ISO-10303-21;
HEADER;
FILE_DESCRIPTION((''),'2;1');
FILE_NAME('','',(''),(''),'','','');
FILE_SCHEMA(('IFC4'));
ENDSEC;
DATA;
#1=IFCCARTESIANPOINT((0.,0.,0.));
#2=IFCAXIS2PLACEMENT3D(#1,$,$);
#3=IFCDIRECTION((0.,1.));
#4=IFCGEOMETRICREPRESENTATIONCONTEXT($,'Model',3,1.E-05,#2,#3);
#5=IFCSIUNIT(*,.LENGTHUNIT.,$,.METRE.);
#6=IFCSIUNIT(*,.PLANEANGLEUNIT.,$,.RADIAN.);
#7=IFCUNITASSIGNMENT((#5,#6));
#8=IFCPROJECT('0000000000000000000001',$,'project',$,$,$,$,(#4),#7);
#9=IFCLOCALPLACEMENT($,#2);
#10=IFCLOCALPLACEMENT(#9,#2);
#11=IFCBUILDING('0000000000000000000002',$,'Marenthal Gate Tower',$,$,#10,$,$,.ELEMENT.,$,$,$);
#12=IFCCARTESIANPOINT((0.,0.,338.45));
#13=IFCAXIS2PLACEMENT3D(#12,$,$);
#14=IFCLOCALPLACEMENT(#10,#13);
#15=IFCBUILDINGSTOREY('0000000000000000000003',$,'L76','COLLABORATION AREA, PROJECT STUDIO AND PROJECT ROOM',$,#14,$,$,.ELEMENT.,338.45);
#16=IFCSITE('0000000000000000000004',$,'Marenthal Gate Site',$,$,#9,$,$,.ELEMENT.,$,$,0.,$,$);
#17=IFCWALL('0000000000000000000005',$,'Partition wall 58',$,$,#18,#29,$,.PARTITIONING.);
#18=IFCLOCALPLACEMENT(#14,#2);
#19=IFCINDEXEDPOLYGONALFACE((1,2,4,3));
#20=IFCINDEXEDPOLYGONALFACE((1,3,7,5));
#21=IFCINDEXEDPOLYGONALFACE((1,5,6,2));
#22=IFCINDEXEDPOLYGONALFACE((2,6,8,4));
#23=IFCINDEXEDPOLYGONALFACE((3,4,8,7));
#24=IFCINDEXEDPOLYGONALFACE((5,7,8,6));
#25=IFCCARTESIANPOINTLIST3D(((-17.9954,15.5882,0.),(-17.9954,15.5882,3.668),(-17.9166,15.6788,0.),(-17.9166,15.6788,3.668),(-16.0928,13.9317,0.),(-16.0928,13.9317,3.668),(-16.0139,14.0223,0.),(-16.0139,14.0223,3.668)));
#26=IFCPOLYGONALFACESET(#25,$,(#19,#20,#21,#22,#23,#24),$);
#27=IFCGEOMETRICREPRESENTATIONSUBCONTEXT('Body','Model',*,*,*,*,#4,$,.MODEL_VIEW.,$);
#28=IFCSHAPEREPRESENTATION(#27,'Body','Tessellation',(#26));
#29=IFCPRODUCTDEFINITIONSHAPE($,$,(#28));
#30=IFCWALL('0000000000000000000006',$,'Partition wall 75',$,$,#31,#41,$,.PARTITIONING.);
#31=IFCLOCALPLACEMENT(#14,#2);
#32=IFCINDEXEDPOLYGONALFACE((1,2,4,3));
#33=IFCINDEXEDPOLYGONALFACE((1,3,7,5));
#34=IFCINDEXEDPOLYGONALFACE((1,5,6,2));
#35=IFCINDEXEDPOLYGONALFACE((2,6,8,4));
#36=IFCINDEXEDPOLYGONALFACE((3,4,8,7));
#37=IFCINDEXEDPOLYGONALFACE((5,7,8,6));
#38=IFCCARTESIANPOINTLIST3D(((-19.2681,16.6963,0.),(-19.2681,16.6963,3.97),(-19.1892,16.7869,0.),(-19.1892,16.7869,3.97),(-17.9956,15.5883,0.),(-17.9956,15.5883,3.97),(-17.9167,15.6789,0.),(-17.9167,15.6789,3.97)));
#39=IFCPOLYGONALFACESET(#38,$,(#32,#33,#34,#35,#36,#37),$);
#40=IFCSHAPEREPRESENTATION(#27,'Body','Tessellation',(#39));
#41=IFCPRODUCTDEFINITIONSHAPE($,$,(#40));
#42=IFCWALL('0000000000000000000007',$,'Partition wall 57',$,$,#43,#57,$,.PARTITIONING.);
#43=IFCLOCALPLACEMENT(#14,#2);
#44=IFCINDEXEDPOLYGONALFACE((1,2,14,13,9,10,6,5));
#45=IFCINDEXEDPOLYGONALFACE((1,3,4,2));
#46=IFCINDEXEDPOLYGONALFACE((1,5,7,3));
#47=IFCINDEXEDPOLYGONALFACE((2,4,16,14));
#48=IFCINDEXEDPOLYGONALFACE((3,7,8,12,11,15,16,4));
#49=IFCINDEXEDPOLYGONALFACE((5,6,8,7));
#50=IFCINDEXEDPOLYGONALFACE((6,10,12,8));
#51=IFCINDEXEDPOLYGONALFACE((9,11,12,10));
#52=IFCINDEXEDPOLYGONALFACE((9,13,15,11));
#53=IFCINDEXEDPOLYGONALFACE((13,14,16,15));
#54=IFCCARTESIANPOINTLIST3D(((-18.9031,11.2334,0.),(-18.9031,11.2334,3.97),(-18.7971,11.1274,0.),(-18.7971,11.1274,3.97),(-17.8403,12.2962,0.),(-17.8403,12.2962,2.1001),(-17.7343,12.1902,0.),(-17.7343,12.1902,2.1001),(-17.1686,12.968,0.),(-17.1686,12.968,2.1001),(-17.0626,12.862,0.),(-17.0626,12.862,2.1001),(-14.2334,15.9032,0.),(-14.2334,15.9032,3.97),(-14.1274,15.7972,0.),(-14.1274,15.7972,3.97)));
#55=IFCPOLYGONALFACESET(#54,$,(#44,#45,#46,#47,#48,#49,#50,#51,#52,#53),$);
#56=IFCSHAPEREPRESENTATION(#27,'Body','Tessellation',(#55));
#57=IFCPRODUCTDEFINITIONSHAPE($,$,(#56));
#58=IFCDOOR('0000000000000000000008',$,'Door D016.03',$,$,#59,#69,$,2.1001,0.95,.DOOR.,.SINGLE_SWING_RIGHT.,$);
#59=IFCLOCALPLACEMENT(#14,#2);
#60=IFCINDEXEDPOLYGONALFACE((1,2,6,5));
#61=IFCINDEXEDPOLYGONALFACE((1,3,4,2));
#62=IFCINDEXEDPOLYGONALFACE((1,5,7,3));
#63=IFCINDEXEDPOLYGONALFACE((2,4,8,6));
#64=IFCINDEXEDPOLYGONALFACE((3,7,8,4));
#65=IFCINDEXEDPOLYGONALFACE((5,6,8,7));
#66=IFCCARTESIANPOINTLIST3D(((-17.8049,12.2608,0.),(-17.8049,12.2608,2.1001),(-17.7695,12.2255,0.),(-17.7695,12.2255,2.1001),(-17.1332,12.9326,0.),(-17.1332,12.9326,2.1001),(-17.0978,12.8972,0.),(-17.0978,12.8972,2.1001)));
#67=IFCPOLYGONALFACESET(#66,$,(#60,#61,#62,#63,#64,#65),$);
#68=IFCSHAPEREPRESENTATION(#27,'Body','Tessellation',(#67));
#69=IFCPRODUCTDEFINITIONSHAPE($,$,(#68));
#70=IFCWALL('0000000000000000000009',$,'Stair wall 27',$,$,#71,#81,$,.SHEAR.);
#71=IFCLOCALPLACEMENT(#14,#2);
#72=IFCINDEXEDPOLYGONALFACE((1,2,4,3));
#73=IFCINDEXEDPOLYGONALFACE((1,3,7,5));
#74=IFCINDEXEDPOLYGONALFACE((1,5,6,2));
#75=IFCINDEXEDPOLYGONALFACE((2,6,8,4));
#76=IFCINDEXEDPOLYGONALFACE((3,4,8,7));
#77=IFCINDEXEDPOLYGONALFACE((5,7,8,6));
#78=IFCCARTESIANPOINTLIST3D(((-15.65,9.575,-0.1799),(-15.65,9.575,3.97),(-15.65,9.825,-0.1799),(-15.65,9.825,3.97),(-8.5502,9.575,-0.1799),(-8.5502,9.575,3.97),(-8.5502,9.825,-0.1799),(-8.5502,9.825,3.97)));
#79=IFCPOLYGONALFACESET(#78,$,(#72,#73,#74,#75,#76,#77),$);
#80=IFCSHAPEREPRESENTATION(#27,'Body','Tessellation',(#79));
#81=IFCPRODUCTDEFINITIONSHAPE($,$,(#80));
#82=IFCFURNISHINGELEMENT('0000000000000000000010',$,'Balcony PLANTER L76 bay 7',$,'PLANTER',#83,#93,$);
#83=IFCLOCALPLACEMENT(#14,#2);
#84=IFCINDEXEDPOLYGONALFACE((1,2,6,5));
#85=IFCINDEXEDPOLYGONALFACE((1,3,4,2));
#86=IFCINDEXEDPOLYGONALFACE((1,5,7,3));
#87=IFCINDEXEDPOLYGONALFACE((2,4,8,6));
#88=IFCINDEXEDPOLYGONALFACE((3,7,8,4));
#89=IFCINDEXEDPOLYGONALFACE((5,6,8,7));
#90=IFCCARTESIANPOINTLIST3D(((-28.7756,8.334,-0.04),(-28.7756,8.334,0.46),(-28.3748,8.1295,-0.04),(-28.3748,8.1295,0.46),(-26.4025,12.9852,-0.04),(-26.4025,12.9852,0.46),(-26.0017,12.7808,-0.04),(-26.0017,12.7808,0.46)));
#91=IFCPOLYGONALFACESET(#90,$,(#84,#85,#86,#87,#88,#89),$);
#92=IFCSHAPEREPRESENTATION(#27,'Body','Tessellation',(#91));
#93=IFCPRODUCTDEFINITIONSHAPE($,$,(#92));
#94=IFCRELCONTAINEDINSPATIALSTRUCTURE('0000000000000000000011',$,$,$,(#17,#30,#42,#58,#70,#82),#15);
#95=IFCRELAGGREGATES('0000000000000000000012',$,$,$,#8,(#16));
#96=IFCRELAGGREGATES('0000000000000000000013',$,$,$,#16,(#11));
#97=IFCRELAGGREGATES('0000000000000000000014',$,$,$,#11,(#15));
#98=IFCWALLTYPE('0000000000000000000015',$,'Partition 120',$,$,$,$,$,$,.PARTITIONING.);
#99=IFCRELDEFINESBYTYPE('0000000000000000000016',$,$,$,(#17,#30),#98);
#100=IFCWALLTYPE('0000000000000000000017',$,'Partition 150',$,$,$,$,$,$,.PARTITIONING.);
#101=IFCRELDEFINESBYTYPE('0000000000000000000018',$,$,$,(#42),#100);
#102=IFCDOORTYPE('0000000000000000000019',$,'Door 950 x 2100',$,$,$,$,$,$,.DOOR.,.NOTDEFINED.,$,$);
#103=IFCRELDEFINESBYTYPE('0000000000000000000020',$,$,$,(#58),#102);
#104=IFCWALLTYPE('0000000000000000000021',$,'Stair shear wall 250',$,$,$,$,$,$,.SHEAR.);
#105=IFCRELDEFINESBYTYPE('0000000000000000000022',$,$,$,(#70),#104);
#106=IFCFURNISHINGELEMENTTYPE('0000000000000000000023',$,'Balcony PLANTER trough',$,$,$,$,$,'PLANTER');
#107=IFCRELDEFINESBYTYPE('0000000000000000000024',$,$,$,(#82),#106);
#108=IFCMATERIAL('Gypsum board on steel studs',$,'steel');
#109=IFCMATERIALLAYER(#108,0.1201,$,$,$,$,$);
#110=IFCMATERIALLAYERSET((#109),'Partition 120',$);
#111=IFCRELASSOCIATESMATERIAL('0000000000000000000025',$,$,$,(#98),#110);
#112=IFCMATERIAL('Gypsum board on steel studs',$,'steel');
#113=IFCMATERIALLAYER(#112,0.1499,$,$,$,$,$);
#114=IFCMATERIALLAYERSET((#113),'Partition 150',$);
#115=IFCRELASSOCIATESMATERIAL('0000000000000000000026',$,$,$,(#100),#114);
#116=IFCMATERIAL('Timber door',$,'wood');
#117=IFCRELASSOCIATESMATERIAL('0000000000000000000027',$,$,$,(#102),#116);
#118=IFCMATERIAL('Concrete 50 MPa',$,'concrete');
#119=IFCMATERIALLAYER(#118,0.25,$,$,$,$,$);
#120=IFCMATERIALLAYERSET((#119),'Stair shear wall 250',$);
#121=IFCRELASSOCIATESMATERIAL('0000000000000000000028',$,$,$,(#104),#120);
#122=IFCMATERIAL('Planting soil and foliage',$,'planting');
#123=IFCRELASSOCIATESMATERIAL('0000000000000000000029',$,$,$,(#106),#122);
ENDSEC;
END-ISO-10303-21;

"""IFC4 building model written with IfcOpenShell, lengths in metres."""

from ifc_helpers import new_model, si_unit, direction, frame, frame_2d, origin, origin_2d, place, context, subcontext, project, spatial, rectangle, extrude, material, layer, layer_set, type_object, element, fill, save


model = new_model("IFC4")

# Units and contexts
model_context = context("Model", 3, precision=1e-05, world=origin(), true_north=direction((0.0, 1.0)))
body_context = subcontext(model_context, "Body", "Model", "MODEL_VIEW")
ifc_project = project(units=[si_unit("LENGTHUNIT", "METRE"), si_unit("PLANEANGLEUNIT", "RADIAN")], contexts=[model_context])

# Site, building, storey
site_placement = place(None, origin())
site = spatial("IfcSite", under=ifc_project, at=site_placement, Name="Marenthal Gate Site", CompositionType="ELEMENT", RefElevation=0.0)
building_placement = place(site_placement, origin())
building = spatial("IfcBuilding", under=site, at=building_placement, Name="Marenthal Gate Tower", CompositionType="ELEMENT")
storey_placement = place(building_placement, frame((0.0, 0.0, 338.45)))
storey = spatial("IfcBuildingStorey", under=building, at=storey_placement, Name="L76", Description="COLLABORATION AREA, PROJECT STUDIO AND PROJECT ROOM", CompositionType="ELEMENT", Elevation=338.45)

# Walls
ifc_material_1 = material(Name="Gypsum board on steel studs", Category="steel")
ifc_layer_1 = layer(ifc_material_1, 0.1201)
ifc_layer_set_1 = layer_set([ifc_layer_1], Name="Partition 120")
wall_type_1 = type_object("IfcWallType", Name="Partition 120", PredefinedType="PARTITIONING", material=ifc_layer_set_1)
wall_1_placement = place(storey_placement, frame((-16.0535, 13.9771, 0.0), z_axis=(0.0, 0.0, 1.0), x_axis=(-0.754199, 0.656646, 0.0)))
element("IfcWall", 1, at=wall_1_placement, inside=storey, type_object=wall_type_1, Name="Partition wall 58", PredefinedType="PARTITIONING", context=body_context, shape_type="SweptSolid", body=[
    extrude(rectangle(XDim=2.5227, YDim=0.1201, at=frame_2d((1.2612, 0.0))), origin(), (0.0, 0.0, 1.0), 3.668),
])
wall_2_placement = place(storey_placement, frame((-17.9561, 15.6335, 0.0), z_axis=(0.0, 0.0, 1.0), x_axis=(-0.754188, 0.656659, 0.0)))
element("IfcWall", 2, at=wall_2_placement, inside=storey, type_object=wall_type_1, Name="Partition wall 75", PredefinedType="PARTITIONING", context=body_context, shape_type="SweptSolid", body=[
    extrude(rectangle(XDim=1.6873, YDim=0.1201, at=frame_2d((0.8438, 0.0))), origin(), (0.0, 0.0, 1.0), 3.97),
])

# Wall, opening, door
ifc_material_2 = material(Name="Gypsum board on steel studs", Category="steel")
ifc_layer_2 = layer(ifc_material_2, 0.1499)
ifc_layer_set_2 = layer_set([ifc_layer_2], Name="Partition 150")
wall_type_2 = type_object("IfcWallType", Name="Partition 150", PredefinedType="PARTITIONING", material=ifc_layer_set_2)
wall_3_placement = place(storey_placement, frame((-18.8501, 11.1804, 0.0), z_axis=(0.0, 0.0, 1.0), x_axis=(0.707107, 0.707107, 0.0)))
wall_3 = element("IfcWall", 3, at=wall_3_placement, inside=storey, type_object=wall_type_2, Name="Partition wall 57", PredefinedType="PARTITIONING", context=body_context, shape_type="SweptSolid", body=[
    extrude(rectangle(XDim=6.604, YDim=0.1499, at=frame_2d((3.302, 0.0))), origin(), (0.0, 0.0, 1.0), 3.97),
])
opening_1_placement = place(wall_3_placement, frame((1.5029, 0.0, 0.0)))
opening_1 = element("IfcOpeningElement", 4, at=opening_1_placement, cuts=wall_3, PredefinedType="OPENING", context=body_context, shape_type="SweptSolid", body=[
    extrude(rectangle(XDim=0.95, YDim=2.1001, at=frame_2d((0.4751, 1.05))), frame((0.0, 0.085, 0.0), z_axis=(0.0, -1.0, 0.0), x_axis=(1.0, 0.0, 0.0)), (0.0, 0.0, 1.0), 0.1699),
])
ifc_material_3 = material(Name="Timber door", Category="wood")
door_type_1 = type_object("IfcDoorType", Name="Door 950 x 2100", OperationType="NOTDEFINED", PredefinedType="DOOR", material=ifc_material_3)
door_1_placement = place(opening_1_placement, origin())
door_1 = element("IfcDoor", 5, at=door_1_placement, inside=storey, type_object=door_type_1, Name="Door D016.03", OperationType="SINGLE_SWING_RIGHT", OverallHeight=2.1001, OverallWidth=0.95, PredefinedType="DOOR", context=body_context, shape_type="SweptSolid", body=[
    extrude(rectangle(XDim=0.95, YDim=2.1001, at=frame_2d((0.4751, 1.05))), frame((0.0, 0.0249, 0.0), z_axis=(0.0, -1.0, 0.0), x_axis=(1.0, 0.0, 0.0)), (0.0, 0.0, 1.0), 0.05),
])
fill(opening_1, door_1)

# Wall
ifc_material_4 = material(Name="Concrete 50 MPa", Category="concrete")
ifc_layer_3 = layer(ifc_material_4, 0.25)
ifc_layer_set_3 = layer_set([ifc_layer_3], Name="Stair shear wall 250")
wall_type_3 = type_object("IfcWallType", Name="Stair shear wall 250", PredefinedType="SHEAR", material=ifc_layer_set_3)
wall_4_placement = place(storey_placement, frame((-15.6499, 9.7, -0.1799), z_axis=(0.0, 0.0, 1.0), x_axis=(1.0, 0.0, 0.0)))
element("IfcWall", 6, at=wall_4_placement, inside=storey, type_object=wall_type_3, Name="Stair wall 27", PredefinedType="SHEAR", context=body_context, shape_type="SweptSolid", body=[
    extrude(rectangle(XDim=7.0999, YDim=0.25, at=frame_2d((3.5498, 0.0))), origin(), (0.0, 0.0, 1.0), 4.1499),
])

# Furnishing element
ifc_material_5 = material(Name="Planting soil and foliage", Category="planting")
furnishing_element_type = type_object("IfcFurnishingElementType", Name="Balcony PLANTER trough", ElementType="PLANTER", material=ifc_material_5)
furnishing_placement = place(storey_placement, frame((-27.3887, 10.5574, -0.04), z_axis=(0.0, 0.0, 1.0), x_axis=(-0.454476, -0.890759, 0.0)))
element("IfcFurnishingElement", 7, at=furnishing_placement, inside=storey, type_object=furnishing_element_type, Name="Balcony PLANTER L76 bay 7", ObjectType="PLANTER", context=body_context, shape_type="SweptSolid", body=[
    extrude(rectangle(XDim=5.2217, YDim=0.45, at=origin_2d()), origin(), (0.0, 0.0, 1.0), 0.5),
])

save(model, "model.ifc")
